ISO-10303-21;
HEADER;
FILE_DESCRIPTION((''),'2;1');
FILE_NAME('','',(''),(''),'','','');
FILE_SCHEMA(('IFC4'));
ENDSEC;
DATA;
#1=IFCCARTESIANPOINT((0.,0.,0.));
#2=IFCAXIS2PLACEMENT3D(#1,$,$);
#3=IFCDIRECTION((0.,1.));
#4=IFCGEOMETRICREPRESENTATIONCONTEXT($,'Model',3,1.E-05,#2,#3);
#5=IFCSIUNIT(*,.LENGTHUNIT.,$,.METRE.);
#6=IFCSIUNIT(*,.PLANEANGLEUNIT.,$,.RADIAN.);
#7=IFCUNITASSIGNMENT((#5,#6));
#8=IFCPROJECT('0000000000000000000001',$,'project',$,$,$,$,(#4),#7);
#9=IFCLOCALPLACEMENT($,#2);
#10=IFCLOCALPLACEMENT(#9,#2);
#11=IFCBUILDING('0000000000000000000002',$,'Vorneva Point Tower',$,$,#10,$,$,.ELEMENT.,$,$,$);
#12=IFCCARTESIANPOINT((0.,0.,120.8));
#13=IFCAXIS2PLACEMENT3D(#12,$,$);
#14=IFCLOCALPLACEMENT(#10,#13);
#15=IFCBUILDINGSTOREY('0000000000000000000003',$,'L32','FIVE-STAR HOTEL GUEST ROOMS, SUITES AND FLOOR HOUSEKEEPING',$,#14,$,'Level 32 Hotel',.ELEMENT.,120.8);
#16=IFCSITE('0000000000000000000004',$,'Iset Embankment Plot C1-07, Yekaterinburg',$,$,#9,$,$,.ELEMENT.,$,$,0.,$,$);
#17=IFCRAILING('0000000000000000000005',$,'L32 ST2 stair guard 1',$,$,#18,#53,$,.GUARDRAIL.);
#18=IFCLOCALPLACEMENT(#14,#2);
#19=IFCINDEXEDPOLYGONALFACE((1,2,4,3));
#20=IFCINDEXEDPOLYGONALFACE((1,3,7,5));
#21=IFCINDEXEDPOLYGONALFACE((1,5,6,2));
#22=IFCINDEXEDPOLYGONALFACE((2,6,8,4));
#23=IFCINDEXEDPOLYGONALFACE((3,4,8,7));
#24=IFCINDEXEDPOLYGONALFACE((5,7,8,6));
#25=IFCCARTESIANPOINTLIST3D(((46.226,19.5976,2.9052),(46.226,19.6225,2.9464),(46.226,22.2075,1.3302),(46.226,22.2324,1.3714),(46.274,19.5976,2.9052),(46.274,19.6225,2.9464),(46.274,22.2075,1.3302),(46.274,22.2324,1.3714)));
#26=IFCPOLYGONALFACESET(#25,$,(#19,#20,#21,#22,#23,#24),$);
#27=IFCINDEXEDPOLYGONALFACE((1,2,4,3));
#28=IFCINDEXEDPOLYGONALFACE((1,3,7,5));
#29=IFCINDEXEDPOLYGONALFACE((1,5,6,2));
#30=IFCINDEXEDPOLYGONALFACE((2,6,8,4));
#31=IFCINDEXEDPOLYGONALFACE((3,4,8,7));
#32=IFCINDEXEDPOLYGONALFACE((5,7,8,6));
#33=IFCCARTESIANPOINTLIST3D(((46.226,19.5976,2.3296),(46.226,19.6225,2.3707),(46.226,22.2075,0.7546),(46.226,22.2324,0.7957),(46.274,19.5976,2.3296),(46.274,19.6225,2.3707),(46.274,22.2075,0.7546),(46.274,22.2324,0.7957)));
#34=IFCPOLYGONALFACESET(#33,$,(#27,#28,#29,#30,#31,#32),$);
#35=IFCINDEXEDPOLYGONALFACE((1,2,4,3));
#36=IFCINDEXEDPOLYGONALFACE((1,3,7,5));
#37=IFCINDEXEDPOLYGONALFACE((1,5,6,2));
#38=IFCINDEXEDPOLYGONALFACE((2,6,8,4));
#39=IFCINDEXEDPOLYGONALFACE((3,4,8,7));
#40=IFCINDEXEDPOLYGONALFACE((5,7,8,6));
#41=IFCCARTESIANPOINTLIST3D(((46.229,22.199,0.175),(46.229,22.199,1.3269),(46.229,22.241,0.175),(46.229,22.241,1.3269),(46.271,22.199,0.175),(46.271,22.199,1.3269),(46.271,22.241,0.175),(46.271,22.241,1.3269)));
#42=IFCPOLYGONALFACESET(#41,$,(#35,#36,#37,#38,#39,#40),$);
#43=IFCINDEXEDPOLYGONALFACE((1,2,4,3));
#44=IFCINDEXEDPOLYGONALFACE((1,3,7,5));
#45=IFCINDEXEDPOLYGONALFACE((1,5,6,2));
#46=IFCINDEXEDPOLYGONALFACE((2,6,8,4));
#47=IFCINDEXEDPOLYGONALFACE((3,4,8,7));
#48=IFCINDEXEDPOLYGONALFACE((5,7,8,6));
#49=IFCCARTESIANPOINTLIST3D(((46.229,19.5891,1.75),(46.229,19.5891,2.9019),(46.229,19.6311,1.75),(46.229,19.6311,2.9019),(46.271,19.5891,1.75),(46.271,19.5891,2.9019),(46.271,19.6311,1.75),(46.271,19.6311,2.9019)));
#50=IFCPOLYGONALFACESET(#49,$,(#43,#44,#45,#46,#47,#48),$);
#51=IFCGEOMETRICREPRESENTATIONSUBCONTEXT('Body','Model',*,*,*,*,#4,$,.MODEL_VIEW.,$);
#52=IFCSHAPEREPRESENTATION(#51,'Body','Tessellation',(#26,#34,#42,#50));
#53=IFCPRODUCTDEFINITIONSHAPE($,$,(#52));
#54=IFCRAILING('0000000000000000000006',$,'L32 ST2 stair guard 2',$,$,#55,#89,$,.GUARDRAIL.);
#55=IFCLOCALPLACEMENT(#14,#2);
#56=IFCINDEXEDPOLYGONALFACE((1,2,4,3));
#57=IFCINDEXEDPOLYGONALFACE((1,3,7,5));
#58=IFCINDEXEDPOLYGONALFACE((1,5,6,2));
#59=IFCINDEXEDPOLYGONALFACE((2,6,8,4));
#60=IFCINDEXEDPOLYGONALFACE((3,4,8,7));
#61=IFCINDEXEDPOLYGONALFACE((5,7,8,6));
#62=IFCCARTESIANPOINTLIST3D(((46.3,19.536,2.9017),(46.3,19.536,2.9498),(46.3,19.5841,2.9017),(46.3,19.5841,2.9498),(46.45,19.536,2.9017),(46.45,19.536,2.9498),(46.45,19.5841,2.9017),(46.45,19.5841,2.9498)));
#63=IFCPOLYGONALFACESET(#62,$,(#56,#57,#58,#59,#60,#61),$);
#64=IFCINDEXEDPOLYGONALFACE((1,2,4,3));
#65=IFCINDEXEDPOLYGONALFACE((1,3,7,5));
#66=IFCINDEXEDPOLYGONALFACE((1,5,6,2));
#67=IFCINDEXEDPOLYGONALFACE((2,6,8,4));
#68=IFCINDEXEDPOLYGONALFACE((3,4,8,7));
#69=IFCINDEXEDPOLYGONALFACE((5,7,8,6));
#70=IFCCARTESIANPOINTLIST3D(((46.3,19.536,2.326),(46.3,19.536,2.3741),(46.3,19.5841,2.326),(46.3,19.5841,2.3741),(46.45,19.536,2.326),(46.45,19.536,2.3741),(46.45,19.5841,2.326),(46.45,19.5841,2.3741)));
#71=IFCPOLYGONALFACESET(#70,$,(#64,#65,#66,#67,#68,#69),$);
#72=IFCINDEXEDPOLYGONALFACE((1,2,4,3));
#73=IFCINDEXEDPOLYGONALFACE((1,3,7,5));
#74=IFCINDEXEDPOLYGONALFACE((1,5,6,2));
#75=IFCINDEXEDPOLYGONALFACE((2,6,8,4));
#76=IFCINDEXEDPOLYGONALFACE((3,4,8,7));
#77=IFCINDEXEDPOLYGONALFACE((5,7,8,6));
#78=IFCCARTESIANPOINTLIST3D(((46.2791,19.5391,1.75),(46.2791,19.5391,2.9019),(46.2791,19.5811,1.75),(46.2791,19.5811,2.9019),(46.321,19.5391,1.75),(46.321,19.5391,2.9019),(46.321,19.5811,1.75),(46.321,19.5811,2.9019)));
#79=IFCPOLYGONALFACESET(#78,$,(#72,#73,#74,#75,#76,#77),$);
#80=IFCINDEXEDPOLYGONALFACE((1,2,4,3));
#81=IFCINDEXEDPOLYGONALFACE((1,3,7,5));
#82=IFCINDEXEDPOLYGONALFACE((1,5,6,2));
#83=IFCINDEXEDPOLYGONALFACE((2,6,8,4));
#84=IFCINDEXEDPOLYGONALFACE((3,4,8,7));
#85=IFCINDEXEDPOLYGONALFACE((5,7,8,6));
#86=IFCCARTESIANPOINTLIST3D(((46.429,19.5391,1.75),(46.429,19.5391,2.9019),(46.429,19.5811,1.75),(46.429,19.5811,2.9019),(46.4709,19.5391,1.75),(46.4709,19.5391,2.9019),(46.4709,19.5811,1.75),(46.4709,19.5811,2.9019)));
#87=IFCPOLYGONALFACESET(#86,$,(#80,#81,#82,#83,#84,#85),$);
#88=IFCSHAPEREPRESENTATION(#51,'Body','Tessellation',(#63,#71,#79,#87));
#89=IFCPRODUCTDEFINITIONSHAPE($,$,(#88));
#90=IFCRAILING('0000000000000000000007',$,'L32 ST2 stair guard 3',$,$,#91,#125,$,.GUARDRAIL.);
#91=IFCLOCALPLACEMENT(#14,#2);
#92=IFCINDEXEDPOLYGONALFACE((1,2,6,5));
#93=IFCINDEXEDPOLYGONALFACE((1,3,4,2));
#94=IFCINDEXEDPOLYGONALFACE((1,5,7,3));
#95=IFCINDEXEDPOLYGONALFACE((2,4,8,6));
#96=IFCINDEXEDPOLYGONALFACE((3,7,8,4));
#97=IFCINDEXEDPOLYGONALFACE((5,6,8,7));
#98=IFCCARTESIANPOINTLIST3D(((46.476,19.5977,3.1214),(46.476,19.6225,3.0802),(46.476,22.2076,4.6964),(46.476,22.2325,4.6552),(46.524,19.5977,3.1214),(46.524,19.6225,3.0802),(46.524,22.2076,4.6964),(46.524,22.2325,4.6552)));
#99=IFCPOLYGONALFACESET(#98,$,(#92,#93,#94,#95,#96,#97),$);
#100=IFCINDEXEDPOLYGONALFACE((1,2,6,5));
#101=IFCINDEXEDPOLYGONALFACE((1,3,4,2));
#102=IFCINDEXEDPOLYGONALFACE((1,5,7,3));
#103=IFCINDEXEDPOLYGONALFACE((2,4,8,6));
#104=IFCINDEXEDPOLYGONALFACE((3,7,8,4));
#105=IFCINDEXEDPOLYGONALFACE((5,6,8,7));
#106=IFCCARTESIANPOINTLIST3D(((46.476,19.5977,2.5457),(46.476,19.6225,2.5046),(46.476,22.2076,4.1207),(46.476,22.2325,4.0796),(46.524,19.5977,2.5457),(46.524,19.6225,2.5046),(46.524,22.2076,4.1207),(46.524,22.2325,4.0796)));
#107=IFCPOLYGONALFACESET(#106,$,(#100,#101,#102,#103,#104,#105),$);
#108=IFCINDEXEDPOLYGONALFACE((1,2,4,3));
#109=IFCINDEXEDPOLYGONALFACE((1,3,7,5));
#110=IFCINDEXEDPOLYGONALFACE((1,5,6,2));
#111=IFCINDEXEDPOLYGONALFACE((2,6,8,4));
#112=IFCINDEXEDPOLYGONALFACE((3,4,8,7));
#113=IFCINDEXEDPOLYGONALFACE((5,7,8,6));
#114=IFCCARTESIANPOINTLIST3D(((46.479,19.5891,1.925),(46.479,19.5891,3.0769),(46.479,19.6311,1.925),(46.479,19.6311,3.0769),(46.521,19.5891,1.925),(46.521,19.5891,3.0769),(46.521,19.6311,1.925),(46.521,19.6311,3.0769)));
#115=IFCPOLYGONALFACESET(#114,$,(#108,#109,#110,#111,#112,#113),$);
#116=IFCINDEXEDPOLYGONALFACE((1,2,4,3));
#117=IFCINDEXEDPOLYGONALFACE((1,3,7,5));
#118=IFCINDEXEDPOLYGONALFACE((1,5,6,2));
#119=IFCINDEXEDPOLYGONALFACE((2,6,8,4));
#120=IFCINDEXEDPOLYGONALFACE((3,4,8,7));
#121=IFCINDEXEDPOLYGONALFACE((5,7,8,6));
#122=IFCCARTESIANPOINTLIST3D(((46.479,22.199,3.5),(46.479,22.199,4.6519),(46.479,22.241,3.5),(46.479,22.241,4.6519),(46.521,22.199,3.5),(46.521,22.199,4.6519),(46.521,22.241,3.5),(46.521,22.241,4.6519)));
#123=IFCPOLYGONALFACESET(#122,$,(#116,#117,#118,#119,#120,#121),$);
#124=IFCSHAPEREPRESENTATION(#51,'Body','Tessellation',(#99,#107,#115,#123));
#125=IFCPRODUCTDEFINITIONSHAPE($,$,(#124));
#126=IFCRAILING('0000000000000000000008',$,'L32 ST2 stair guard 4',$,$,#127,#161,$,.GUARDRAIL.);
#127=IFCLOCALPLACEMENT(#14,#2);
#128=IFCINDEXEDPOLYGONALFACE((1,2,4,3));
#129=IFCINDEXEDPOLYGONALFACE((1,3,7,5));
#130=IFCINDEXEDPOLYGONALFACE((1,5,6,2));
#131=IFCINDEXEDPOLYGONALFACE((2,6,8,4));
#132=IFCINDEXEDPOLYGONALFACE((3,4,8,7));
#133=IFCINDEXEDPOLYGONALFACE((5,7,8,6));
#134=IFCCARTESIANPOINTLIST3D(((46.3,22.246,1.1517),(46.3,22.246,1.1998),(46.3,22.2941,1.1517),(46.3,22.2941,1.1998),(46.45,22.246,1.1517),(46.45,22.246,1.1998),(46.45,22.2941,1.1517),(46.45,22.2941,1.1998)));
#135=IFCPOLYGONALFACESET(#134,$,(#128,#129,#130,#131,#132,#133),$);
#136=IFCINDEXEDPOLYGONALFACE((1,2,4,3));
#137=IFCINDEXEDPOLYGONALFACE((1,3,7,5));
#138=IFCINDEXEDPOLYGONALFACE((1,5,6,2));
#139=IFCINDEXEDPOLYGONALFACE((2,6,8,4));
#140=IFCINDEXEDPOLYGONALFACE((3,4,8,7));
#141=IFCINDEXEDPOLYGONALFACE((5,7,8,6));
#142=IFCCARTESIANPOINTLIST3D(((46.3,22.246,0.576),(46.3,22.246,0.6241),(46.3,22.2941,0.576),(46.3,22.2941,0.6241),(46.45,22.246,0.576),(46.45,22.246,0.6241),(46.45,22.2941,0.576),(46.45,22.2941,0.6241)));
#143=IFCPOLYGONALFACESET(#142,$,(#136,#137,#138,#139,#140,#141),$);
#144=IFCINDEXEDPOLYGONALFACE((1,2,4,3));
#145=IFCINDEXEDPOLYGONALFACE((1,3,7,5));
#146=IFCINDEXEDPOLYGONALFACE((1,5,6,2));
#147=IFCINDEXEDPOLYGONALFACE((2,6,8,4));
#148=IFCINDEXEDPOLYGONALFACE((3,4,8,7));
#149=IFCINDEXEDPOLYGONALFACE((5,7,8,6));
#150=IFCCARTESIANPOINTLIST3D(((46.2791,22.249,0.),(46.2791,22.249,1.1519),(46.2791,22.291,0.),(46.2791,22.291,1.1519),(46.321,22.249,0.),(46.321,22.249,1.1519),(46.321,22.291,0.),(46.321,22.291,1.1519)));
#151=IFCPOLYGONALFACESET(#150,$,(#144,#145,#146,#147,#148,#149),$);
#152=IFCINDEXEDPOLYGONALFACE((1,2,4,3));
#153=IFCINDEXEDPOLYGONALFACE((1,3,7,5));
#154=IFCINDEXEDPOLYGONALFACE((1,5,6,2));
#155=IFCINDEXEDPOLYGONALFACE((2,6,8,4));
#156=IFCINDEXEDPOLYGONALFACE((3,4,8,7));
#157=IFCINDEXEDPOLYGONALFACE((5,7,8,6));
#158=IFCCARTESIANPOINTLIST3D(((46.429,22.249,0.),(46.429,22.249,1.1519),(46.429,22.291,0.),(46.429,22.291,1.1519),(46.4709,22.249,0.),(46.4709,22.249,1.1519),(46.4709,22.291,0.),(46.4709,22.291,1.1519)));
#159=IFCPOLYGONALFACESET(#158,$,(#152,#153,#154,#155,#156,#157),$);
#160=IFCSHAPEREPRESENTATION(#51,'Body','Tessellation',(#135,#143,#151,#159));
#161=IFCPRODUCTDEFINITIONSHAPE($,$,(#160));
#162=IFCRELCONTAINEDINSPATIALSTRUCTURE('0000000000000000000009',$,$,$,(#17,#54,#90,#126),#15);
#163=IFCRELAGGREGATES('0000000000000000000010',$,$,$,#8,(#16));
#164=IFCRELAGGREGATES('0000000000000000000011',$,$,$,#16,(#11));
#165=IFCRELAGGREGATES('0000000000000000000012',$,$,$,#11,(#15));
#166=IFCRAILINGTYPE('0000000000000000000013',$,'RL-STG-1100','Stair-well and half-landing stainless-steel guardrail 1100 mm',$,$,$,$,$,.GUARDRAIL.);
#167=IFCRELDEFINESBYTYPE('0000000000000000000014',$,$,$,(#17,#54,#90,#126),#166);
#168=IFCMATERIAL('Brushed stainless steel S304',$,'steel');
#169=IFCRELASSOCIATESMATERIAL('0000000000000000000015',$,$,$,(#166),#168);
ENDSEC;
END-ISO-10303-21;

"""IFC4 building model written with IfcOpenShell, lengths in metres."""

from ifc_helpers import new_model, si_unit, direction, frame, origin, origin_2d, place, context, subcontext, project, spatial, rectangle, extrude, material, type_object, element, save


model = new_model("IFC4")

# Units and contexts
model_context = context("Model", 3, precision=1e-05, world=origin(), true_north=direction((0.0, 1.0)))
body_context = subcontext(model_context, "Body", "Model", "MODEL_VIEW")
ifc_project = project(units=[si_unit("LENGTHUNIT", "METRE"), si_unit("PLANEANGLEUNIT", "RADIAN")], contexts=[model_context])

# Site, building, storey
site_placement = place(None, origin())
site = spatial("IfcSite", under=ifc_project, at=site_placement, Name="Iset Embankment Plot C1-07, Yekaterinburg", CompositionType="ELEMENT", RefElevation=0.0)
building_placement = place(site_placement, origin())
building = spatial("IfcBuilding", under=site, at=building_placement, Name="Vorneva Point Tower", CompositionType="ELEMENT")
storey_placement = place(building_placement, frame((0.0, 0.0, 120.8)))
storey = spatial("IfcBuildingStorey", under=building, at=storey_placement, Name="L32", Description="FIVE-STAR HOTEL GUEST ROOMS, SUITES AND FLOOR HOUSEKEEPING", LongName="Level 32 Hotel", CompositionType="ELEMENT", Elevation=120.8)

# Railings
ifc_material_1 = material(Name="Brushed stainless steel S304", Category="steel")
railing_type_1 = type_object("IfcRailingType", Name="RL-STG-1100", Description="Stair-well and half-landing stainless-steel guardrail 1100 mm", PredefinedType="GUARDRAIL", material=ifc_material_1)
railing_1_placement = place(storey_placement, frame((46.25, 22.22, 0.175)))
element("IfcRailing", 1, at=railing_1_placement, inside=storey, type_object=railing_type_1, Name="L32 ST2 stair guard 1", PredefinedType="GUARDRAIL", context=body_context, shape_type="SweptSolid", body=[
    extrude(rectangle(XDim=0.0481, YDim=0.0481, at=origin_2d()), frame((0.0, 0.0, 1.1758), z_axis=(0.0, -0.856183, 0.516673), x_axis=(1.0, 0.0, 0.0)), (0.0, 0.0, 1.0), 3.0483),
    extrude(rectangle(XDim=0.0481, YDim=0.0481, at=origin_2d()), frame((0.0, 0.0, 0.6001), z_axis=(0.0, -0.856183, 0.516673), x_axis=(1.0, 0.0, 0.0)), (0.0, 0.0, 1.0), 3.0483),
    extrude(rectangle(XDim=0.042, YDim=0.042, at=origin_2d()), origin(), (0.0, 0.0, 1.0), 1.1519),
    extrude(rectangle(XDim=0.042, YDim=0.042, at=origin_2d()), frame((0.0, -2.6099, 1.575)), (0.0, 0.0, 1.0), 1.1519),
])
railing_2_placement = place(storey_placement, frame((46.3, 19.5601, 1.75)))
element("IfcRailing", 2, at=railing_2_placement, inside=storey, type_object=railing_type_1, Name="L32 ST2 stair guard 2", PredefinedType="GUARDRAIL", context=body_context, shape_type="SweptSolid", body=[
    extrude(rectangle(XDim=0.0481, YDim=0.0481, at=origin_2d()), frame((0.0, 0.0, 1.1758), z_axis=(1.0, 0.0, 0.0), x_axis=(0.0, 1.0, 0.0)), (0.0, 0.0, 1.0), 0.1499),
    extrude(rectangle(XDim=0.0481, YDim=0.0481, at=origin_2d()), frame((0.0, 0.0, 0.6001), z_axis=(1.0, 0.0, 0.0), x_axis=(0.0, 1.0, 0.0)), (0.0, 0.0, 1.0), 0.1499),
    extrude(rectangle(XDim=0.042, YDim=0.042, at=origin_2d()), origin(), (0.0, 0.0, 1.0), 1.1519),
    extrude(rectangle(XDim=0.042, YDim=0.042, at=origin_2d()), frame((0.1499, 0.0, 0.0)), (0.0, 0.0, 1.0), 1.1519),
])
railing_3_placement = place(storey_placement, frame((46.5, 19.6101, 1.925)))
element("IfcRailing", 3, at=railing_3_placement, inside=storey, type_object=railing_type_1, Name="L32 ST2 stair guard 3", PredefinedType="GUARDRAIL", context=body_context, shape_type="SweptSolid", body=[
    extrude(rectangle(XDim=0.0481, YDim=0.0481, at=origin_2d()), frame((0.0, 0.0, 1.1758), z_axis=(0.0, 0.856183, 0.516673), x_axis=(-1.0, 0.0, 0.0)), (0.0, 0.0, 1.0), 3.0483),
    extrude(rectangle(XDim=0.0481, YDim=0.0481, at=origin_2d()), frame((0.0, 0.0, 0.6001), z_axis=(0.0, 0.856183, 0.516673), x_axis=(-1.0, 0.0, 0.0)), (0.0, 0.0, 1.0), 3.0483),
    extrude(rectangle(XDim=0.042, YDim=0.042, at=origin_2d()), origin(), (0.0, 0.0, 1.0), 1.1519),
    extrude(rectangle(XDim=0.042, YDim=0.042, at=origin_2d()), frame((0.0, 2.6099, 1.575)), (0.0, 0.0, 1.0), 1.1519),
])
railing_4_placement = place(storey_placement, frame((46.3, 22.27, 0.0)))
element("IfcRailing", 4, at=railing_4_placement, inside=storey, type_object=railing_type_1, Name="L32 ST2 stair guard 4", PredefinedType="GUARDRAIL", context=body_context, shape_type="SweptSolid", body=[
    extrude(rectangle(XDim=0.0481, YDim=0.0481, at=origin_2d()), frame((0.0, 0.0, 1.1758), z_axis=(1.0, 0.0, 0.0), x_axis=(0.0, 1.0, 0.0)), (0.0, 0.0, 1.0), 0.1499),
    extrude(rectangle(XDim=0.0481, YDim=0.0481, at=origin_2d()), frame((0.0, 0.0, 0.6001), z_axis=(1.0, 0.0, 0.0), x_axis=(0.0, 1.0, 0.0)), (0.0, 0.0, 1.0), 0.1499),
    extrude(rectangle(XDim=0.042, YDim=0.042, at=origin_2d()), origin(), (0.0, 0.0, 1.0), 1.1519),
    extrude(rectangle(XDim=0.042, YDim=0.042, at=origin_2d()), frame((0.1499, 0.0, 0.0)), (0.0, 0.0, 1.0), 1.1519),
])

save(model, "model.ifc")
